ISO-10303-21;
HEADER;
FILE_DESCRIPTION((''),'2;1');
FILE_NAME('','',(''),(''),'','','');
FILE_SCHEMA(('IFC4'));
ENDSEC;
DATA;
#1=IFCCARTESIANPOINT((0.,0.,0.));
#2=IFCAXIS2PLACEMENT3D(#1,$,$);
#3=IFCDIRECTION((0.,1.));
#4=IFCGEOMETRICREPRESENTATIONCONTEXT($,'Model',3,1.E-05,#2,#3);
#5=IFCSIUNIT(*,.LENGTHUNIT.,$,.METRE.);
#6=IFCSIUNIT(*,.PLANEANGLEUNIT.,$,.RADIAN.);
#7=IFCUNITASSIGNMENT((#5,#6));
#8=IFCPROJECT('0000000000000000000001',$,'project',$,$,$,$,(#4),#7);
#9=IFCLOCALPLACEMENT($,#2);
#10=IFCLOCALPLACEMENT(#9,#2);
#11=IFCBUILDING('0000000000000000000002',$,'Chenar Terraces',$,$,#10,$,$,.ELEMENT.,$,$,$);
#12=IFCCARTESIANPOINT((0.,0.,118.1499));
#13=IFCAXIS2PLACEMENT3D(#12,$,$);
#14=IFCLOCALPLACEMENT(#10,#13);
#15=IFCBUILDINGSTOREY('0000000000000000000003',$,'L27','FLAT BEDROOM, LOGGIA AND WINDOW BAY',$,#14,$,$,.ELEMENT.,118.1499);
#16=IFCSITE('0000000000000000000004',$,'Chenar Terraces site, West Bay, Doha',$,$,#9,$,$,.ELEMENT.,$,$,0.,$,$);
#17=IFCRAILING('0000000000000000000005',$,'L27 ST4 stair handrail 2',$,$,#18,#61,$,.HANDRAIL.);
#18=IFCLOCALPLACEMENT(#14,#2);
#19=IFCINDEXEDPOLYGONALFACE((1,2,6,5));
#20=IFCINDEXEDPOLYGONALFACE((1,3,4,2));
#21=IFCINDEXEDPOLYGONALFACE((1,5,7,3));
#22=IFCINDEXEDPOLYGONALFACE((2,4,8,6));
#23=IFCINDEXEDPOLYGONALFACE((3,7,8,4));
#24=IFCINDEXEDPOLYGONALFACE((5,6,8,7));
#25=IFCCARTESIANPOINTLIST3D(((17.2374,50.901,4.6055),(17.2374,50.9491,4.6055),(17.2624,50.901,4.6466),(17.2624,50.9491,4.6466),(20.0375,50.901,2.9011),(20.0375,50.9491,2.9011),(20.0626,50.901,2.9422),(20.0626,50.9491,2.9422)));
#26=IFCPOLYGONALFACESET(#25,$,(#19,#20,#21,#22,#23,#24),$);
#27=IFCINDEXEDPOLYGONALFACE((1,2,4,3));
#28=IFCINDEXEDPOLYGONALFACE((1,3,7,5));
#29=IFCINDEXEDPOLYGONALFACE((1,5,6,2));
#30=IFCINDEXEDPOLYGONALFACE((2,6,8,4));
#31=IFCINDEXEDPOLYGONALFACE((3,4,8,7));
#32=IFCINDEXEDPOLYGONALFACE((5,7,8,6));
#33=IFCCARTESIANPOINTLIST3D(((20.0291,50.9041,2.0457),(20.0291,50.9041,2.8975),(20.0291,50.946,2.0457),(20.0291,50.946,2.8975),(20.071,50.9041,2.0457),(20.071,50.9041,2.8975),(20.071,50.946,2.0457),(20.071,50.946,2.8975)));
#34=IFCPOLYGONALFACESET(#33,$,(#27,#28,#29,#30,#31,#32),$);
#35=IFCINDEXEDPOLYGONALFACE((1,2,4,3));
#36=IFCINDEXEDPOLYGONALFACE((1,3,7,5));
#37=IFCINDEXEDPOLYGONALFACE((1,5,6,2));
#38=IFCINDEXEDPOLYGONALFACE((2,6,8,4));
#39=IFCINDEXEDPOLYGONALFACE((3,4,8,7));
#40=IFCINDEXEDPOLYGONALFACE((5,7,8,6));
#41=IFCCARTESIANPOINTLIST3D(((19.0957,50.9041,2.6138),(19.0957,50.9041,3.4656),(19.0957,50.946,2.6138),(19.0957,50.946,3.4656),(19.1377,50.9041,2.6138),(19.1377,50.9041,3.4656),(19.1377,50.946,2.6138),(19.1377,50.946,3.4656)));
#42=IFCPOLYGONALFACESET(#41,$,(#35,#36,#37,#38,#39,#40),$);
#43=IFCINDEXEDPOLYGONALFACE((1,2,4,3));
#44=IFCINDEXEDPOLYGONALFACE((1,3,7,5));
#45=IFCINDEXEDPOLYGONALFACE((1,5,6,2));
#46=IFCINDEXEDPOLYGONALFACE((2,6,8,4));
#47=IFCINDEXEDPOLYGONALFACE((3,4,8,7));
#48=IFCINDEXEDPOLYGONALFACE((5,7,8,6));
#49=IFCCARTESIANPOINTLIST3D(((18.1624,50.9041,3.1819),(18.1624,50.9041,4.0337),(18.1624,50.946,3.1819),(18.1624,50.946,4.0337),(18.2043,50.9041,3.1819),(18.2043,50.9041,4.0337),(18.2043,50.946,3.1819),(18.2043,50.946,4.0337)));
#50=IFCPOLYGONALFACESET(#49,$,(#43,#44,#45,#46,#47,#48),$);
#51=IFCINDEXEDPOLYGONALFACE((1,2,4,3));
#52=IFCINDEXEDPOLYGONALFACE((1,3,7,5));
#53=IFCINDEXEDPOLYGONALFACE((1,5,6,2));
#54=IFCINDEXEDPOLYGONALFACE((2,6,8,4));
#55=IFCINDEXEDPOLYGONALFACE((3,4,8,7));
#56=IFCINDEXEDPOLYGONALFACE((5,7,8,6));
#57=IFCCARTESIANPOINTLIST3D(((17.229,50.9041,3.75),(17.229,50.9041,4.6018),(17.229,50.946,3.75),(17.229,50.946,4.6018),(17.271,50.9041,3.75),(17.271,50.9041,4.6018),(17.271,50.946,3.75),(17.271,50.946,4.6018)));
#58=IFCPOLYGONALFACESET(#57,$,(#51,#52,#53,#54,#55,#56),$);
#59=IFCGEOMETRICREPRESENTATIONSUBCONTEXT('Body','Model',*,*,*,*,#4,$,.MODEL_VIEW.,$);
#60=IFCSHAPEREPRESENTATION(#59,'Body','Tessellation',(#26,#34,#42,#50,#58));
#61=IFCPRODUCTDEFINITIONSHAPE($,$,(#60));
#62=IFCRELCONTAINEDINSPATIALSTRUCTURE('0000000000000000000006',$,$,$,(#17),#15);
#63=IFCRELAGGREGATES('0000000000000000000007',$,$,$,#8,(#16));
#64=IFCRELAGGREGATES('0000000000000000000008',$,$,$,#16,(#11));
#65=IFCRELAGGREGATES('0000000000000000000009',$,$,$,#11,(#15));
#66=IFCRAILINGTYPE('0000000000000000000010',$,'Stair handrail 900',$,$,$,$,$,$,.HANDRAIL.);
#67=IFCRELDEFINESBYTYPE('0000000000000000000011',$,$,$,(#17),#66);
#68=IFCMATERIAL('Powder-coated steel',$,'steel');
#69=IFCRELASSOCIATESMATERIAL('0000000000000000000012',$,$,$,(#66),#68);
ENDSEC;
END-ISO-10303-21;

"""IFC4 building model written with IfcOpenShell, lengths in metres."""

from ifc_helpers import new_model, si_unit, direction, frame, origin, origin_2d, place, context, subcontext, project, spatial, rectangle, extrude, material, type_object, element, save


model = new_model("IFC4")

# Units and contexts
model_context = context("Model", 3, precision=1e-05, world=origin(), true_north=direction((0.0, 1.0)))
body_context = subcontext(model_context, "Body", "Model", "MODEL_VIEW")
ifc_project = project(units=[si_unit("LENGTHUNIT", "METRE"), si_unit("PLANEANGLEUNIT", "RADIAN")], contexts=[model_context])

# Site, building, storey
site_placement = place(None, origin())
site = spatial("IfcSite", under=ifc_project, at=site_placement, Name="Chenar Terraces site, West Bay, Doha", CompositionType="ELEMENT", RefElevation=0.0)
building_placement = place(site_placement, origin())
building = spatial("IfcBuilding", under=site, at=building_placement, Name="Chenar Terraces", CompositionType="ELEMENT")
storey_placement = place(building_placement, frame((0.0, 0.0, 118.1499)))
storey = spatial("IfcBuildingStorey", under=building, at=storey_placement, Name="L27", Description="FLAT BEDROOM, LOGGIA AND WINDOW BAY", CompositionType="ELEMENT", Elevation=118.1499)

# Railing
ifc_material_1 = material(Name="Powder-coated steel", Category="steel")
railing_type_1 = type_object("IfcRailingType", Name="Stair handrail 900", PredefinedType="HANDRAIL", material=ifc_material_1)
railing_1_placement = place(storey_placement, frame((20.05, 50.925, 2.0457)))
element("IfcRailing", 1, at=railing_1_placement, inside=storey, type_object=railing_type_1, Name="L27 ST4 stair handrail 2", PredefinedType="HANDRAIL", context=body_context, shape_type="SweptSolid", body=[
    extrude(rectangle(XDim=0.0481, YDim=0.0481, at=origin_2d()), frame((0.0, 0.0, 0.876), z_axis=(-0.854203, 0.0, 0.51994), x_axis=(0.0, -1.0, 0.0)), (0.0, 0.0, 1.0), 3.2781),
    extrude(rectangle(XDim=0.042, YDim=0.042, at=origin_2d()), origin(), (0.0, 0.0, 1.0), 0.8518),
    extrude(rectangle(XDim=0.042, YDim=0.042, at=origin_2d()), frame((-0.9333, 0.0, 0.5681)), (0.0, 0.0, 1.0), 0.8518),
    extrude(rectangle(XDim=0.042, YDim=0.042, at=origin_2d()), frame((-1.8667, 0.0, 1.1362)), (0.0, 0.0, 1.0), 0.8518),
    extrude(rectangle(XDim=0.042, YDim=0.042, at=origin_2d()), frame((-2.8, 0.0, 1.7043)), (0.0, 0.0, 1.0), 0.8518),
])

save(model, "model.ifc")
